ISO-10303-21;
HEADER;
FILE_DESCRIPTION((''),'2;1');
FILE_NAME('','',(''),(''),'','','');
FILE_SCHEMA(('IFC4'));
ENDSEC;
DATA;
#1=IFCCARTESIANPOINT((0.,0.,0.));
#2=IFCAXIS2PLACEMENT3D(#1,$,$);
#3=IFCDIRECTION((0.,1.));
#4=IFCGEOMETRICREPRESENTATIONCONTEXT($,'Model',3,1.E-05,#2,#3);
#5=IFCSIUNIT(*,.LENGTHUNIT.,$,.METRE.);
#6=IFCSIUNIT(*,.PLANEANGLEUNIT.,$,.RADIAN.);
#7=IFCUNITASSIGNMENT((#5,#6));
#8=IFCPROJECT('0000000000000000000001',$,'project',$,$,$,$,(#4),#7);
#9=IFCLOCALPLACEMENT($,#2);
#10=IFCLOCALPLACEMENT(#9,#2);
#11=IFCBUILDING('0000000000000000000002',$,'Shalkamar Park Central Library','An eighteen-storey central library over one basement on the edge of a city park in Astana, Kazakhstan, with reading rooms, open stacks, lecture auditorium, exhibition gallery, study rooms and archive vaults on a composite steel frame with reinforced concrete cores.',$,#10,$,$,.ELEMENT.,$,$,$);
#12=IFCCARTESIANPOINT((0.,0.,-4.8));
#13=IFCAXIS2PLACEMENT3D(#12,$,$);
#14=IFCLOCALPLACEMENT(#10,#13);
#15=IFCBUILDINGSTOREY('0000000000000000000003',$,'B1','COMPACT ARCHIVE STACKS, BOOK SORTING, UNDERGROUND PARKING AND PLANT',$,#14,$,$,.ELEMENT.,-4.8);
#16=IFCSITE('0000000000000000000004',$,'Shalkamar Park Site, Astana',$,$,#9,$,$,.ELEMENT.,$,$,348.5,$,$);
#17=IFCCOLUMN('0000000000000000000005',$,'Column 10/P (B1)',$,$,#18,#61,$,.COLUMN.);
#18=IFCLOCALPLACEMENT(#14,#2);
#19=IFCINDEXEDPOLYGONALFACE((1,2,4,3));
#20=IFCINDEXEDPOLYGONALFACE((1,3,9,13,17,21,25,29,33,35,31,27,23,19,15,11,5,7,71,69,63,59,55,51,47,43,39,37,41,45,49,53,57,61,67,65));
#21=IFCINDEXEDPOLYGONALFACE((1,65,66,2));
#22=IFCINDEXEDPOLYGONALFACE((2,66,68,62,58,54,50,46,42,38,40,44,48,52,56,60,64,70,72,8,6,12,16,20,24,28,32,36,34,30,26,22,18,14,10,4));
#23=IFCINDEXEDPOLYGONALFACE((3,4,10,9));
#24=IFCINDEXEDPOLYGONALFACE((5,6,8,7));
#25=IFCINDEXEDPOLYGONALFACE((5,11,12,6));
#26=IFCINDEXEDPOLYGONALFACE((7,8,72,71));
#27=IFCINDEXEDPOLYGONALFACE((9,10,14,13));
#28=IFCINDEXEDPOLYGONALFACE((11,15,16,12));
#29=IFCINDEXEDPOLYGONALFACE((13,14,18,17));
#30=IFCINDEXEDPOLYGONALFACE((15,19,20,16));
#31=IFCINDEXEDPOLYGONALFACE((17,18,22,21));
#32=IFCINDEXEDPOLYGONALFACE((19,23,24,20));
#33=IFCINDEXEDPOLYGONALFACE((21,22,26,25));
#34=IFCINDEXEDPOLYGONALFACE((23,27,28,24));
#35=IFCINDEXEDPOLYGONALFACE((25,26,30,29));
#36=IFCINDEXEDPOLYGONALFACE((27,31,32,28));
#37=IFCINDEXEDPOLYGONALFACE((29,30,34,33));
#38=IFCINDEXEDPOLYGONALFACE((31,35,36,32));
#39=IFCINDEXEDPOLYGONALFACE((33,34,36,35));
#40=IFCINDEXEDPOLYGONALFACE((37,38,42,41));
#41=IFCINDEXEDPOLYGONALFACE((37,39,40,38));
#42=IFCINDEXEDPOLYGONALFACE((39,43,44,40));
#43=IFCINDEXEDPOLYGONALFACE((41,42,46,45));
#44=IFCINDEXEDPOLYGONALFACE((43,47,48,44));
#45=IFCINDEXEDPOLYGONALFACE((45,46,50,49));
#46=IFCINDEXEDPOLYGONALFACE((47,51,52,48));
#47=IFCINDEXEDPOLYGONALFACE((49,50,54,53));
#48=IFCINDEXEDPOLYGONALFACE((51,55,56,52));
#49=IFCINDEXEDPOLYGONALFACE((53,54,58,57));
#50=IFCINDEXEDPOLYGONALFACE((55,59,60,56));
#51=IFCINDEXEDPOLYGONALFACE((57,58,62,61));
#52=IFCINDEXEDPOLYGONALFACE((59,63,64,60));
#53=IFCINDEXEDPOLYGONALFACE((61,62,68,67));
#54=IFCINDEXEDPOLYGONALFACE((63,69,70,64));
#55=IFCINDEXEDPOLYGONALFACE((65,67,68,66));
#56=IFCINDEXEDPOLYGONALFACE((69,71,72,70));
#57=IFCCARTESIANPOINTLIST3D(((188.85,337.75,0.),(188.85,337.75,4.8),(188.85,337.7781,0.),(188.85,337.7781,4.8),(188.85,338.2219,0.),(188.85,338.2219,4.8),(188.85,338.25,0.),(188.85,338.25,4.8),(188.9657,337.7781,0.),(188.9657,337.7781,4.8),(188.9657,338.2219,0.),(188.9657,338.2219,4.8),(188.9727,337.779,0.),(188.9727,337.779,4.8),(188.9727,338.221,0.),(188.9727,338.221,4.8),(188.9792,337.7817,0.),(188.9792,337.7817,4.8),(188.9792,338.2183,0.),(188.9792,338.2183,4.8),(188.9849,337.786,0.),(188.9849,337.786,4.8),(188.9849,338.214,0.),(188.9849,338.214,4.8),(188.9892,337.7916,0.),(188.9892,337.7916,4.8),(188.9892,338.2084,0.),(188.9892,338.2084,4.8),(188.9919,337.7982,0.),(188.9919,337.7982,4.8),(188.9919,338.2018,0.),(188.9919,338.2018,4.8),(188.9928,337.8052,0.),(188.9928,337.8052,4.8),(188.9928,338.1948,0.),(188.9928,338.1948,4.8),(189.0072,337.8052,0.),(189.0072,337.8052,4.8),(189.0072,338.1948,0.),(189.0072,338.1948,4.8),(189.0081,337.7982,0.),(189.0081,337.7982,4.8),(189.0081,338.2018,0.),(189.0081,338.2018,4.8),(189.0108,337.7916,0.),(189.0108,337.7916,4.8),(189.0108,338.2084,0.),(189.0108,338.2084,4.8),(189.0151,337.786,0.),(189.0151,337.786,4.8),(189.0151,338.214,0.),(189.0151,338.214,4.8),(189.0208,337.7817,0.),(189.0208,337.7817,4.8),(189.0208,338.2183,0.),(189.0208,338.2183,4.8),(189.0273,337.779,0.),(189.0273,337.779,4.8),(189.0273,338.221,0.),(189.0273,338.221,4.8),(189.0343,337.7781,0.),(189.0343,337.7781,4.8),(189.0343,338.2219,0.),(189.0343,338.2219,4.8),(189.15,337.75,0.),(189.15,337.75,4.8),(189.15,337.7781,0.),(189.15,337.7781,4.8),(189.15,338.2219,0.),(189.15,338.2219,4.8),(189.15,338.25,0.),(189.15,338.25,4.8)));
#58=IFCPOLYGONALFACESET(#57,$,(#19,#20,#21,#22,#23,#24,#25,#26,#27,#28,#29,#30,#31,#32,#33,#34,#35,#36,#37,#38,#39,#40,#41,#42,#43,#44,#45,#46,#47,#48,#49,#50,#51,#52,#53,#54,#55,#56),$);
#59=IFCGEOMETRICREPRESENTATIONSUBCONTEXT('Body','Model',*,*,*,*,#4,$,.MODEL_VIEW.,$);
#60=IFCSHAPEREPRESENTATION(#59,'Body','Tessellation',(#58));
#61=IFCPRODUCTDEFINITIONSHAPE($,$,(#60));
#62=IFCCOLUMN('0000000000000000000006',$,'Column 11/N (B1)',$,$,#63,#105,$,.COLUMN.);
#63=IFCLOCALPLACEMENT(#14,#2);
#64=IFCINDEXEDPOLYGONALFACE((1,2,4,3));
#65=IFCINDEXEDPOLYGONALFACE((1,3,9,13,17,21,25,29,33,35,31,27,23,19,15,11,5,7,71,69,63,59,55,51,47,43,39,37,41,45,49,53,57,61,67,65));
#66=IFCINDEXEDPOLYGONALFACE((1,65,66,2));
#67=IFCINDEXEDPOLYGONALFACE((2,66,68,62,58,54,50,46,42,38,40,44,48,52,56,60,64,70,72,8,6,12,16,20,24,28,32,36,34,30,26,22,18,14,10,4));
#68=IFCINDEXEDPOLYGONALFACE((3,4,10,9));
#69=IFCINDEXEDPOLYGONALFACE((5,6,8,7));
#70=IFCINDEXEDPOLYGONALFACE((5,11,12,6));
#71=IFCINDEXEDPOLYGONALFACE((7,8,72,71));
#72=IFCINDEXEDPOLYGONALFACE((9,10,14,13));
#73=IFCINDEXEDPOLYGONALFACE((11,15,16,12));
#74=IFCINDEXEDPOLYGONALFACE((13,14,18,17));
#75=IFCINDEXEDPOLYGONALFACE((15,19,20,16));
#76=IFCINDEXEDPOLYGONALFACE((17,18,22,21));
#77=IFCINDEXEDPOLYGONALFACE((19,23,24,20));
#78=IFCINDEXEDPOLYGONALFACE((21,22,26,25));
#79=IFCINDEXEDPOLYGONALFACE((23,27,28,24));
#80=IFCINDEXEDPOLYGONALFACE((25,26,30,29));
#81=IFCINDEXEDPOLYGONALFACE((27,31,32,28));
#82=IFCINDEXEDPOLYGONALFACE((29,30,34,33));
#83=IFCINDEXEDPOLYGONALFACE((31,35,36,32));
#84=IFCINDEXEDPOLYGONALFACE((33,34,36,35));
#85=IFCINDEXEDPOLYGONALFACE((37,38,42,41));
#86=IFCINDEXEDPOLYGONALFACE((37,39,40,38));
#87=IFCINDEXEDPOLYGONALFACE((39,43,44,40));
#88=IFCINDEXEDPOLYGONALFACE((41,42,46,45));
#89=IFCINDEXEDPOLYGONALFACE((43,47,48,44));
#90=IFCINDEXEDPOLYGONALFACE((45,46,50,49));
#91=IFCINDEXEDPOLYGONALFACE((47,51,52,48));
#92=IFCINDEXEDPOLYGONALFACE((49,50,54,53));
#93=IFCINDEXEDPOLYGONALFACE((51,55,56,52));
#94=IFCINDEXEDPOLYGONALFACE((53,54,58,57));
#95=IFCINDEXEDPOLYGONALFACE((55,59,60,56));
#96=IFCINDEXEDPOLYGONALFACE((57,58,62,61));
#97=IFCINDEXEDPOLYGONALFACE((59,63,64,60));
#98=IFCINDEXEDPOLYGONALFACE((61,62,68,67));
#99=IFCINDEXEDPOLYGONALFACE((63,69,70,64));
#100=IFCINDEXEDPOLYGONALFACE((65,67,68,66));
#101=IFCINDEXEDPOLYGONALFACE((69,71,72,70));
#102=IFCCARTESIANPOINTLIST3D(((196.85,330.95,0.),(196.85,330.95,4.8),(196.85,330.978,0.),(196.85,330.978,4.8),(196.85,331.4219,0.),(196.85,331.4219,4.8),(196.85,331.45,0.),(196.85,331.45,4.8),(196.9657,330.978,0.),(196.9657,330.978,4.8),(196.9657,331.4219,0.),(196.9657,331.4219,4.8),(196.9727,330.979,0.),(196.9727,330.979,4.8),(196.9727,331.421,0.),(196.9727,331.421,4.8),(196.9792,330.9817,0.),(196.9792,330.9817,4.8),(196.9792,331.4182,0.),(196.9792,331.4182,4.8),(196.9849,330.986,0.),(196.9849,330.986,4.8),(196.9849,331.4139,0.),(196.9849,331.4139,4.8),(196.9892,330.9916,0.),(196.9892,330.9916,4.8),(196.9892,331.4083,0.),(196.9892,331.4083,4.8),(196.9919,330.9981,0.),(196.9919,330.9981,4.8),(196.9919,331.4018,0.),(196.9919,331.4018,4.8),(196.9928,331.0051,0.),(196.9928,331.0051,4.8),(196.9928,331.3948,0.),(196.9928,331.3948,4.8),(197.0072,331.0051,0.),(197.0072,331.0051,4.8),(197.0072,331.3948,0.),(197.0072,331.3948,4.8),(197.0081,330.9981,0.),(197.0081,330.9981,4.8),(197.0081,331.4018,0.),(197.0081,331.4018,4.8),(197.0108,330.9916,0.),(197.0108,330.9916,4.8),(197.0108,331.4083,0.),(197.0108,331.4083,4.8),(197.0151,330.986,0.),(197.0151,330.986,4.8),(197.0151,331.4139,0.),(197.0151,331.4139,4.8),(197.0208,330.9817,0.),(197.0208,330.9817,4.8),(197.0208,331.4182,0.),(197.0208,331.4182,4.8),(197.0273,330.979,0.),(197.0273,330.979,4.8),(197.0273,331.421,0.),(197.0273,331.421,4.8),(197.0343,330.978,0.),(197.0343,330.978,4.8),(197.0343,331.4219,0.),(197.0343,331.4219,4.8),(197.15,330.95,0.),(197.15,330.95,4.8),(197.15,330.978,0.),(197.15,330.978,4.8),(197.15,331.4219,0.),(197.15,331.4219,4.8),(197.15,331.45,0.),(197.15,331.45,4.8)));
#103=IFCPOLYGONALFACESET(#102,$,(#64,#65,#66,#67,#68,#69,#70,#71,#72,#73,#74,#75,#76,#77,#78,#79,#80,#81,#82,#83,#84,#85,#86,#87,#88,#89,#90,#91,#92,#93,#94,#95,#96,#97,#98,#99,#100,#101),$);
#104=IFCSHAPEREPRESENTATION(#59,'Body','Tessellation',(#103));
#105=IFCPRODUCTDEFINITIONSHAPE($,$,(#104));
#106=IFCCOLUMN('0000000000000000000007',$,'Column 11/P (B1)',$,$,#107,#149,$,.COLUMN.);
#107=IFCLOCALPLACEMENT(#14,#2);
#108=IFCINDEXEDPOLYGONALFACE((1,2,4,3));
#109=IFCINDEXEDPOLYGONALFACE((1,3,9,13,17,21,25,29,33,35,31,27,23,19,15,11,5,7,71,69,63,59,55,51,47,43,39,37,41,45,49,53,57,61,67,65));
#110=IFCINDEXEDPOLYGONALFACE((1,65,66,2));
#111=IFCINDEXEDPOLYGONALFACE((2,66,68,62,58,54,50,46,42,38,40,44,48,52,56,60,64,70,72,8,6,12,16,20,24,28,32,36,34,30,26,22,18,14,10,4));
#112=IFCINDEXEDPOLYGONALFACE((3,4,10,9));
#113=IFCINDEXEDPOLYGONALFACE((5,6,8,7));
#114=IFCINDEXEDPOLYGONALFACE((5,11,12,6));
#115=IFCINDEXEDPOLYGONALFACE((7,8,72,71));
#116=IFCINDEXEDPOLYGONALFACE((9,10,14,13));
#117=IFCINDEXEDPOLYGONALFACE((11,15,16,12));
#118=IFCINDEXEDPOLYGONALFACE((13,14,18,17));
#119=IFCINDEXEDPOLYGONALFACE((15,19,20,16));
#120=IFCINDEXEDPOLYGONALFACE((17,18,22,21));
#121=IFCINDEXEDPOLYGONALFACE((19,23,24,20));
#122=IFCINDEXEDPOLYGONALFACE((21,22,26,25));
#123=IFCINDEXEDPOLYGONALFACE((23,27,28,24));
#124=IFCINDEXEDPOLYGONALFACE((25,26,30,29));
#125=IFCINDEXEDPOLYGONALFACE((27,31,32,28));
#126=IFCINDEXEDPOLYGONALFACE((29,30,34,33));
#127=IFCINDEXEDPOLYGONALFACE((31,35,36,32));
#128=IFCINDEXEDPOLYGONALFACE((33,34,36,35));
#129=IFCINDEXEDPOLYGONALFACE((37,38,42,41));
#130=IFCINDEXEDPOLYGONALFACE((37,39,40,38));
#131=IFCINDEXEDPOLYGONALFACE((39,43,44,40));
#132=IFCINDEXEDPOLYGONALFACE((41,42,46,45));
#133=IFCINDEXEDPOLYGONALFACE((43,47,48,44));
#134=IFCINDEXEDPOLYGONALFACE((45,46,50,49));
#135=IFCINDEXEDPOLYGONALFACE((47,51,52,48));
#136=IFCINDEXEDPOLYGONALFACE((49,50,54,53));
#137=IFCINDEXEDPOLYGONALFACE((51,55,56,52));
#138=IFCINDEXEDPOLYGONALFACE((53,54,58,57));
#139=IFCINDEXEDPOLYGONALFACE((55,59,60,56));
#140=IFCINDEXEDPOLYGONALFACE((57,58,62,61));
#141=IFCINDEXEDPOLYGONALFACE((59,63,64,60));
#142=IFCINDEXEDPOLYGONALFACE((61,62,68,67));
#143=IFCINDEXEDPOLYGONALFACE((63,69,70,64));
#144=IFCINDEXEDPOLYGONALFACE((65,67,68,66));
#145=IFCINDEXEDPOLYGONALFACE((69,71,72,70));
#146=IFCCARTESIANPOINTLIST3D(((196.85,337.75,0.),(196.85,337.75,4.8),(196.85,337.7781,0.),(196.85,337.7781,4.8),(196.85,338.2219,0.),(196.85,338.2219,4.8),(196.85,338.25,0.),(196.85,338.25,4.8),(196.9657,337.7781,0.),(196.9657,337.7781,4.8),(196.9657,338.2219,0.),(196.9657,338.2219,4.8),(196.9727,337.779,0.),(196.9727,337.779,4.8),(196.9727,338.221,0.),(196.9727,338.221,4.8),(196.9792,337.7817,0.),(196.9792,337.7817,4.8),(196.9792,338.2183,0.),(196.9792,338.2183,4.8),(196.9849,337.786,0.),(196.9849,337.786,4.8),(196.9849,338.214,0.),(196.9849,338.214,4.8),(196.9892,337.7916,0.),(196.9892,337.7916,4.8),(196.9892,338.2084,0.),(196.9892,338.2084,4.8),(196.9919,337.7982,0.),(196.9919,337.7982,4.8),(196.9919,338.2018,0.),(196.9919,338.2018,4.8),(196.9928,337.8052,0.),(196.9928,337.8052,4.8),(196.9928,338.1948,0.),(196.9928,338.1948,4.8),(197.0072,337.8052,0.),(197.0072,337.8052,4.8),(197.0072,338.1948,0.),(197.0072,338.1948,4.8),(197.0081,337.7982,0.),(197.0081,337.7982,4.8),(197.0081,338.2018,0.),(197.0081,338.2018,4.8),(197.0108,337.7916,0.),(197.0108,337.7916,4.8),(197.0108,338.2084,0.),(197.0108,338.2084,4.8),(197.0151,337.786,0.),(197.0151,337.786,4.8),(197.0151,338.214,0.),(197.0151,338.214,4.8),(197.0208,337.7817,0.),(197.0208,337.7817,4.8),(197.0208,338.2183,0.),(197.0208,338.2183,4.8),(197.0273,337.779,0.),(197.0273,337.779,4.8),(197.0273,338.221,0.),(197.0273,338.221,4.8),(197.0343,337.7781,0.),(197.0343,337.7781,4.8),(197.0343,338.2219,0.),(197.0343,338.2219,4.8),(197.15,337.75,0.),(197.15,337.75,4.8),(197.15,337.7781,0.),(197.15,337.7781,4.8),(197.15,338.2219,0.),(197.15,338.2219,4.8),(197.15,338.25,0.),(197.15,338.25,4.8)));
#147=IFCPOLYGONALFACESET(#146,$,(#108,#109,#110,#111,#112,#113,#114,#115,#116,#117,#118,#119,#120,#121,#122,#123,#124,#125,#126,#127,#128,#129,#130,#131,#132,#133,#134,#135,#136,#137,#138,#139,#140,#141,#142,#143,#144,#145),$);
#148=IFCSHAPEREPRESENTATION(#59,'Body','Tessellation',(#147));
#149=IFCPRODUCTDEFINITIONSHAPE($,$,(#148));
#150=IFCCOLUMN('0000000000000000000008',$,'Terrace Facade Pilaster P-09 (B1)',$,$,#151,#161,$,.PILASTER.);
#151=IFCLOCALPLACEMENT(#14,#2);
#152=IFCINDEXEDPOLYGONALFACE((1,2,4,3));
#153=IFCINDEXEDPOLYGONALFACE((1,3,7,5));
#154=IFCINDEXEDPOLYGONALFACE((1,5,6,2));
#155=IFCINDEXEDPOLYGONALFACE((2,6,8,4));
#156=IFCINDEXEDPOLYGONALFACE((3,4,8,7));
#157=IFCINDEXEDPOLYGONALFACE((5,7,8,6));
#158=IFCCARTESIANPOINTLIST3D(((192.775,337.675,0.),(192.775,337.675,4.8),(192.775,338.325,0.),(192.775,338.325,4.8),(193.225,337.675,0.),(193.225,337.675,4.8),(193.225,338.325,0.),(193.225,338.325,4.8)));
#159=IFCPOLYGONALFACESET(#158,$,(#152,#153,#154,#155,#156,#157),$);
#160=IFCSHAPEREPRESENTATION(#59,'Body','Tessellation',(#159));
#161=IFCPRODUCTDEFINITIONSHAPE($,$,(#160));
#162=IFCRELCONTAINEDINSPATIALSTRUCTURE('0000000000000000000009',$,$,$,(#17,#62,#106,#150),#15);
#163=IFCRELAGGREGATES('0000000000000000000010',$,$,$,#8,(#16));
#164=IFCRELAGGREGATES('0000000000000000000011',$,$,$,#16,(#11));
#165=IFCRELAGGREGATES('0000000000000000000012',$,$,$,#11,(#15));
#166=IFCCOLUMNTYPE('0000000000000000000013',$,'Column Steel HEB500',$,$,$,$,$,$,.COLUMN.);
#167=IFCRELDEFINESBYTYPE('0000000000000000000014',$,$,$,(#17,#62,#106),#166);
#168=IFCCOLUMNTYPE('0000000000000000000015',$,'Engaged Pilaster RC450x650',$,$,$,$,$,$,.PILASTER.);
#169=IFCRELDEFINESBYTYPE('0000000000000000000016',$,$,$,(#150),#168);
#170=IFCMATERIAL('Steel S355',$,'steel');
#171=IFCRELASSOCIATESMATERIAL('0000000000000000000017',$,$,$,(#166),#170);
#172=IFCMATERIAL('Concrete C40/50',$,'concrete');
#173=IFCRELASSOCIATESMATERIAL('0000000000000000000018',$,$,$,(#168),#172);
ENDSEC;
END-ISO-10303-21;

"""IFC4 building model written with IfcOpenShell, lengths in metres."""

from ifc_helpers import new_model, si_unit, direction, frame, origin, origin_2d, place, context, subcontext, project, spatial, rectangle, i_section, extrude, material, material_profile, profile_set, type_object, element, save


model = new_model("IFC4")

# Units and contexts
model_context = context("Model", 3, precision=1e-05, world=origin(), true_north=direction((0.0, 1.0)))
body_context = subcontext(model_context, "Body", "Model", "MODEL_VIEW")
ifc_project = project(units=[si_unit("LENGTHUNIT", "METRE"), si_unit("PLANEANGLEUNIT", "RADIAN")], contexts=[model_context])

# Site, building, storey
site_placement = place(None, origin())
site = spatial("IfcSite", under=ifc_project, at=site_placement, Name="Shalkamar Park Site, Astana", CompositionType="ELEMENT", RefElevation=348.5)
building_placement = place(site_placement, origin())
building = spatial("IfcBuilding", under=site, at=building_placement, Name="Shalkamar Park Central Library", Description="An eighteen-storey central library over one basement on the edge of a city park in Astana, Kazakhstan, with reading rooms, open stacks, lecture auditorium, exhibition gallery, study rooms and archive vaults on a composite steel frame with reinforced concrete cores.", CompositionType="ELEMENT")
storey_placement = place(building_placement, frame((0.0, 0.0, -4.8)))
storey = spatial("IfcBuildingStorey", under=building, at=storey_placement, Name="B1", Description="COMPACT ARCHIVE STACKS, BOOK SORTING, UNDERGROUND PARKING AND PLANT", CompositionType="ELEMENT", Elevation=-4.8)

# Columns
ifc_material_1 = material(Name="Concrete C40/50", Category="concrete")
ifc_material_2 = material(Name="Steel S355", Category="steel")
ifc_material_profile_1 = material_profile(ifc_material_2, i_section(OverallWidth=0.3, OverallDepth=0.5, WebThickness=0.0144, FlangeThickness=0.0281, FilletRadius=0.0271, at=origin_2d()), Name="HEB 500")
ifc_profile_set_1 = profile_set([ifc_material_profile_1], Name="Steel S355")
column_type_1 = type_object("IfcColumnType", Name="Column Steel HEB500", PredefinedType="COLUMN", material=ifc_profile_set_1)
for number, where, z_axis, x_axis, name in (
    (1, (189.0, 338.0, 0.0), (0.0, 0.0, 1.0), (1.0, 0.0, 0.0), "Column 10/P (B1)"),
    (2, (197.0, 331.2, 0.0), (0.0, 0.0, 1.0), (1.0, 0.0, 0.0), "Column 11/N (B1)"),
    (3, (197.0, 338.0, 0.0), (0.0, 0.0, 1.0), (1.0, 0.0, 0.0), "Column 11/P (B1)"),
):
    element("IfcColumn", number, at=place(storey_placement, frame(where, z_axis=z_axis, x_axis=x_axis)), inside=storey, type_object=column_type_1, Name=name, PredefinedType="COLUMN", context=body_context, shape_type="SweptSolid", body=[
        extrude(i_section(OverallWidth=0.3, OverallDepth=0.5, WebThickness=0.0144, FlangeThickness=0.0281, FilletRadius=0.0271, at=origin_2d()), origin(), (0.0, 0.0, 1.0), 4.8),
    ])
ifc_material_profile_2 = material_profile(ifc_material_1, rectangle(XDim=0.45, YDim=0.6499, at=origin_2d()), Name="RC 450x650")
ifc_profile_set_2 = profile_set([ifc_material_profile_2], Name="Concrete C40/50")
column_type_2 = type_object("IfcColumnType", Name="Engaged Pilaster RC450x650", PredefinedType="PILASTER", material=ifc_profile_set_2)
column_1_placement = place(storey_placement, frame((193.0, 338.0, 0.0), z_axis=(0.0, 0.0, 1.0), x_axis=(1.0, 0.0, 0.0)))
element("IfcColumn", 4, at=column_1_placement, inside=storey, type_object=column_type_2, Name="Terrace Facade Pilaster P-09 (B1)", PredefinedType="PILASTER", context=body_context, shape_type="SweptSolid", body=[
    extrude(rectangle(XDim=0.45, YDim=0.6499, at=origin_2d()), origin(), (0.0, 0.0, 1.0), 4.8),
])

save(model, "model.ifc")
